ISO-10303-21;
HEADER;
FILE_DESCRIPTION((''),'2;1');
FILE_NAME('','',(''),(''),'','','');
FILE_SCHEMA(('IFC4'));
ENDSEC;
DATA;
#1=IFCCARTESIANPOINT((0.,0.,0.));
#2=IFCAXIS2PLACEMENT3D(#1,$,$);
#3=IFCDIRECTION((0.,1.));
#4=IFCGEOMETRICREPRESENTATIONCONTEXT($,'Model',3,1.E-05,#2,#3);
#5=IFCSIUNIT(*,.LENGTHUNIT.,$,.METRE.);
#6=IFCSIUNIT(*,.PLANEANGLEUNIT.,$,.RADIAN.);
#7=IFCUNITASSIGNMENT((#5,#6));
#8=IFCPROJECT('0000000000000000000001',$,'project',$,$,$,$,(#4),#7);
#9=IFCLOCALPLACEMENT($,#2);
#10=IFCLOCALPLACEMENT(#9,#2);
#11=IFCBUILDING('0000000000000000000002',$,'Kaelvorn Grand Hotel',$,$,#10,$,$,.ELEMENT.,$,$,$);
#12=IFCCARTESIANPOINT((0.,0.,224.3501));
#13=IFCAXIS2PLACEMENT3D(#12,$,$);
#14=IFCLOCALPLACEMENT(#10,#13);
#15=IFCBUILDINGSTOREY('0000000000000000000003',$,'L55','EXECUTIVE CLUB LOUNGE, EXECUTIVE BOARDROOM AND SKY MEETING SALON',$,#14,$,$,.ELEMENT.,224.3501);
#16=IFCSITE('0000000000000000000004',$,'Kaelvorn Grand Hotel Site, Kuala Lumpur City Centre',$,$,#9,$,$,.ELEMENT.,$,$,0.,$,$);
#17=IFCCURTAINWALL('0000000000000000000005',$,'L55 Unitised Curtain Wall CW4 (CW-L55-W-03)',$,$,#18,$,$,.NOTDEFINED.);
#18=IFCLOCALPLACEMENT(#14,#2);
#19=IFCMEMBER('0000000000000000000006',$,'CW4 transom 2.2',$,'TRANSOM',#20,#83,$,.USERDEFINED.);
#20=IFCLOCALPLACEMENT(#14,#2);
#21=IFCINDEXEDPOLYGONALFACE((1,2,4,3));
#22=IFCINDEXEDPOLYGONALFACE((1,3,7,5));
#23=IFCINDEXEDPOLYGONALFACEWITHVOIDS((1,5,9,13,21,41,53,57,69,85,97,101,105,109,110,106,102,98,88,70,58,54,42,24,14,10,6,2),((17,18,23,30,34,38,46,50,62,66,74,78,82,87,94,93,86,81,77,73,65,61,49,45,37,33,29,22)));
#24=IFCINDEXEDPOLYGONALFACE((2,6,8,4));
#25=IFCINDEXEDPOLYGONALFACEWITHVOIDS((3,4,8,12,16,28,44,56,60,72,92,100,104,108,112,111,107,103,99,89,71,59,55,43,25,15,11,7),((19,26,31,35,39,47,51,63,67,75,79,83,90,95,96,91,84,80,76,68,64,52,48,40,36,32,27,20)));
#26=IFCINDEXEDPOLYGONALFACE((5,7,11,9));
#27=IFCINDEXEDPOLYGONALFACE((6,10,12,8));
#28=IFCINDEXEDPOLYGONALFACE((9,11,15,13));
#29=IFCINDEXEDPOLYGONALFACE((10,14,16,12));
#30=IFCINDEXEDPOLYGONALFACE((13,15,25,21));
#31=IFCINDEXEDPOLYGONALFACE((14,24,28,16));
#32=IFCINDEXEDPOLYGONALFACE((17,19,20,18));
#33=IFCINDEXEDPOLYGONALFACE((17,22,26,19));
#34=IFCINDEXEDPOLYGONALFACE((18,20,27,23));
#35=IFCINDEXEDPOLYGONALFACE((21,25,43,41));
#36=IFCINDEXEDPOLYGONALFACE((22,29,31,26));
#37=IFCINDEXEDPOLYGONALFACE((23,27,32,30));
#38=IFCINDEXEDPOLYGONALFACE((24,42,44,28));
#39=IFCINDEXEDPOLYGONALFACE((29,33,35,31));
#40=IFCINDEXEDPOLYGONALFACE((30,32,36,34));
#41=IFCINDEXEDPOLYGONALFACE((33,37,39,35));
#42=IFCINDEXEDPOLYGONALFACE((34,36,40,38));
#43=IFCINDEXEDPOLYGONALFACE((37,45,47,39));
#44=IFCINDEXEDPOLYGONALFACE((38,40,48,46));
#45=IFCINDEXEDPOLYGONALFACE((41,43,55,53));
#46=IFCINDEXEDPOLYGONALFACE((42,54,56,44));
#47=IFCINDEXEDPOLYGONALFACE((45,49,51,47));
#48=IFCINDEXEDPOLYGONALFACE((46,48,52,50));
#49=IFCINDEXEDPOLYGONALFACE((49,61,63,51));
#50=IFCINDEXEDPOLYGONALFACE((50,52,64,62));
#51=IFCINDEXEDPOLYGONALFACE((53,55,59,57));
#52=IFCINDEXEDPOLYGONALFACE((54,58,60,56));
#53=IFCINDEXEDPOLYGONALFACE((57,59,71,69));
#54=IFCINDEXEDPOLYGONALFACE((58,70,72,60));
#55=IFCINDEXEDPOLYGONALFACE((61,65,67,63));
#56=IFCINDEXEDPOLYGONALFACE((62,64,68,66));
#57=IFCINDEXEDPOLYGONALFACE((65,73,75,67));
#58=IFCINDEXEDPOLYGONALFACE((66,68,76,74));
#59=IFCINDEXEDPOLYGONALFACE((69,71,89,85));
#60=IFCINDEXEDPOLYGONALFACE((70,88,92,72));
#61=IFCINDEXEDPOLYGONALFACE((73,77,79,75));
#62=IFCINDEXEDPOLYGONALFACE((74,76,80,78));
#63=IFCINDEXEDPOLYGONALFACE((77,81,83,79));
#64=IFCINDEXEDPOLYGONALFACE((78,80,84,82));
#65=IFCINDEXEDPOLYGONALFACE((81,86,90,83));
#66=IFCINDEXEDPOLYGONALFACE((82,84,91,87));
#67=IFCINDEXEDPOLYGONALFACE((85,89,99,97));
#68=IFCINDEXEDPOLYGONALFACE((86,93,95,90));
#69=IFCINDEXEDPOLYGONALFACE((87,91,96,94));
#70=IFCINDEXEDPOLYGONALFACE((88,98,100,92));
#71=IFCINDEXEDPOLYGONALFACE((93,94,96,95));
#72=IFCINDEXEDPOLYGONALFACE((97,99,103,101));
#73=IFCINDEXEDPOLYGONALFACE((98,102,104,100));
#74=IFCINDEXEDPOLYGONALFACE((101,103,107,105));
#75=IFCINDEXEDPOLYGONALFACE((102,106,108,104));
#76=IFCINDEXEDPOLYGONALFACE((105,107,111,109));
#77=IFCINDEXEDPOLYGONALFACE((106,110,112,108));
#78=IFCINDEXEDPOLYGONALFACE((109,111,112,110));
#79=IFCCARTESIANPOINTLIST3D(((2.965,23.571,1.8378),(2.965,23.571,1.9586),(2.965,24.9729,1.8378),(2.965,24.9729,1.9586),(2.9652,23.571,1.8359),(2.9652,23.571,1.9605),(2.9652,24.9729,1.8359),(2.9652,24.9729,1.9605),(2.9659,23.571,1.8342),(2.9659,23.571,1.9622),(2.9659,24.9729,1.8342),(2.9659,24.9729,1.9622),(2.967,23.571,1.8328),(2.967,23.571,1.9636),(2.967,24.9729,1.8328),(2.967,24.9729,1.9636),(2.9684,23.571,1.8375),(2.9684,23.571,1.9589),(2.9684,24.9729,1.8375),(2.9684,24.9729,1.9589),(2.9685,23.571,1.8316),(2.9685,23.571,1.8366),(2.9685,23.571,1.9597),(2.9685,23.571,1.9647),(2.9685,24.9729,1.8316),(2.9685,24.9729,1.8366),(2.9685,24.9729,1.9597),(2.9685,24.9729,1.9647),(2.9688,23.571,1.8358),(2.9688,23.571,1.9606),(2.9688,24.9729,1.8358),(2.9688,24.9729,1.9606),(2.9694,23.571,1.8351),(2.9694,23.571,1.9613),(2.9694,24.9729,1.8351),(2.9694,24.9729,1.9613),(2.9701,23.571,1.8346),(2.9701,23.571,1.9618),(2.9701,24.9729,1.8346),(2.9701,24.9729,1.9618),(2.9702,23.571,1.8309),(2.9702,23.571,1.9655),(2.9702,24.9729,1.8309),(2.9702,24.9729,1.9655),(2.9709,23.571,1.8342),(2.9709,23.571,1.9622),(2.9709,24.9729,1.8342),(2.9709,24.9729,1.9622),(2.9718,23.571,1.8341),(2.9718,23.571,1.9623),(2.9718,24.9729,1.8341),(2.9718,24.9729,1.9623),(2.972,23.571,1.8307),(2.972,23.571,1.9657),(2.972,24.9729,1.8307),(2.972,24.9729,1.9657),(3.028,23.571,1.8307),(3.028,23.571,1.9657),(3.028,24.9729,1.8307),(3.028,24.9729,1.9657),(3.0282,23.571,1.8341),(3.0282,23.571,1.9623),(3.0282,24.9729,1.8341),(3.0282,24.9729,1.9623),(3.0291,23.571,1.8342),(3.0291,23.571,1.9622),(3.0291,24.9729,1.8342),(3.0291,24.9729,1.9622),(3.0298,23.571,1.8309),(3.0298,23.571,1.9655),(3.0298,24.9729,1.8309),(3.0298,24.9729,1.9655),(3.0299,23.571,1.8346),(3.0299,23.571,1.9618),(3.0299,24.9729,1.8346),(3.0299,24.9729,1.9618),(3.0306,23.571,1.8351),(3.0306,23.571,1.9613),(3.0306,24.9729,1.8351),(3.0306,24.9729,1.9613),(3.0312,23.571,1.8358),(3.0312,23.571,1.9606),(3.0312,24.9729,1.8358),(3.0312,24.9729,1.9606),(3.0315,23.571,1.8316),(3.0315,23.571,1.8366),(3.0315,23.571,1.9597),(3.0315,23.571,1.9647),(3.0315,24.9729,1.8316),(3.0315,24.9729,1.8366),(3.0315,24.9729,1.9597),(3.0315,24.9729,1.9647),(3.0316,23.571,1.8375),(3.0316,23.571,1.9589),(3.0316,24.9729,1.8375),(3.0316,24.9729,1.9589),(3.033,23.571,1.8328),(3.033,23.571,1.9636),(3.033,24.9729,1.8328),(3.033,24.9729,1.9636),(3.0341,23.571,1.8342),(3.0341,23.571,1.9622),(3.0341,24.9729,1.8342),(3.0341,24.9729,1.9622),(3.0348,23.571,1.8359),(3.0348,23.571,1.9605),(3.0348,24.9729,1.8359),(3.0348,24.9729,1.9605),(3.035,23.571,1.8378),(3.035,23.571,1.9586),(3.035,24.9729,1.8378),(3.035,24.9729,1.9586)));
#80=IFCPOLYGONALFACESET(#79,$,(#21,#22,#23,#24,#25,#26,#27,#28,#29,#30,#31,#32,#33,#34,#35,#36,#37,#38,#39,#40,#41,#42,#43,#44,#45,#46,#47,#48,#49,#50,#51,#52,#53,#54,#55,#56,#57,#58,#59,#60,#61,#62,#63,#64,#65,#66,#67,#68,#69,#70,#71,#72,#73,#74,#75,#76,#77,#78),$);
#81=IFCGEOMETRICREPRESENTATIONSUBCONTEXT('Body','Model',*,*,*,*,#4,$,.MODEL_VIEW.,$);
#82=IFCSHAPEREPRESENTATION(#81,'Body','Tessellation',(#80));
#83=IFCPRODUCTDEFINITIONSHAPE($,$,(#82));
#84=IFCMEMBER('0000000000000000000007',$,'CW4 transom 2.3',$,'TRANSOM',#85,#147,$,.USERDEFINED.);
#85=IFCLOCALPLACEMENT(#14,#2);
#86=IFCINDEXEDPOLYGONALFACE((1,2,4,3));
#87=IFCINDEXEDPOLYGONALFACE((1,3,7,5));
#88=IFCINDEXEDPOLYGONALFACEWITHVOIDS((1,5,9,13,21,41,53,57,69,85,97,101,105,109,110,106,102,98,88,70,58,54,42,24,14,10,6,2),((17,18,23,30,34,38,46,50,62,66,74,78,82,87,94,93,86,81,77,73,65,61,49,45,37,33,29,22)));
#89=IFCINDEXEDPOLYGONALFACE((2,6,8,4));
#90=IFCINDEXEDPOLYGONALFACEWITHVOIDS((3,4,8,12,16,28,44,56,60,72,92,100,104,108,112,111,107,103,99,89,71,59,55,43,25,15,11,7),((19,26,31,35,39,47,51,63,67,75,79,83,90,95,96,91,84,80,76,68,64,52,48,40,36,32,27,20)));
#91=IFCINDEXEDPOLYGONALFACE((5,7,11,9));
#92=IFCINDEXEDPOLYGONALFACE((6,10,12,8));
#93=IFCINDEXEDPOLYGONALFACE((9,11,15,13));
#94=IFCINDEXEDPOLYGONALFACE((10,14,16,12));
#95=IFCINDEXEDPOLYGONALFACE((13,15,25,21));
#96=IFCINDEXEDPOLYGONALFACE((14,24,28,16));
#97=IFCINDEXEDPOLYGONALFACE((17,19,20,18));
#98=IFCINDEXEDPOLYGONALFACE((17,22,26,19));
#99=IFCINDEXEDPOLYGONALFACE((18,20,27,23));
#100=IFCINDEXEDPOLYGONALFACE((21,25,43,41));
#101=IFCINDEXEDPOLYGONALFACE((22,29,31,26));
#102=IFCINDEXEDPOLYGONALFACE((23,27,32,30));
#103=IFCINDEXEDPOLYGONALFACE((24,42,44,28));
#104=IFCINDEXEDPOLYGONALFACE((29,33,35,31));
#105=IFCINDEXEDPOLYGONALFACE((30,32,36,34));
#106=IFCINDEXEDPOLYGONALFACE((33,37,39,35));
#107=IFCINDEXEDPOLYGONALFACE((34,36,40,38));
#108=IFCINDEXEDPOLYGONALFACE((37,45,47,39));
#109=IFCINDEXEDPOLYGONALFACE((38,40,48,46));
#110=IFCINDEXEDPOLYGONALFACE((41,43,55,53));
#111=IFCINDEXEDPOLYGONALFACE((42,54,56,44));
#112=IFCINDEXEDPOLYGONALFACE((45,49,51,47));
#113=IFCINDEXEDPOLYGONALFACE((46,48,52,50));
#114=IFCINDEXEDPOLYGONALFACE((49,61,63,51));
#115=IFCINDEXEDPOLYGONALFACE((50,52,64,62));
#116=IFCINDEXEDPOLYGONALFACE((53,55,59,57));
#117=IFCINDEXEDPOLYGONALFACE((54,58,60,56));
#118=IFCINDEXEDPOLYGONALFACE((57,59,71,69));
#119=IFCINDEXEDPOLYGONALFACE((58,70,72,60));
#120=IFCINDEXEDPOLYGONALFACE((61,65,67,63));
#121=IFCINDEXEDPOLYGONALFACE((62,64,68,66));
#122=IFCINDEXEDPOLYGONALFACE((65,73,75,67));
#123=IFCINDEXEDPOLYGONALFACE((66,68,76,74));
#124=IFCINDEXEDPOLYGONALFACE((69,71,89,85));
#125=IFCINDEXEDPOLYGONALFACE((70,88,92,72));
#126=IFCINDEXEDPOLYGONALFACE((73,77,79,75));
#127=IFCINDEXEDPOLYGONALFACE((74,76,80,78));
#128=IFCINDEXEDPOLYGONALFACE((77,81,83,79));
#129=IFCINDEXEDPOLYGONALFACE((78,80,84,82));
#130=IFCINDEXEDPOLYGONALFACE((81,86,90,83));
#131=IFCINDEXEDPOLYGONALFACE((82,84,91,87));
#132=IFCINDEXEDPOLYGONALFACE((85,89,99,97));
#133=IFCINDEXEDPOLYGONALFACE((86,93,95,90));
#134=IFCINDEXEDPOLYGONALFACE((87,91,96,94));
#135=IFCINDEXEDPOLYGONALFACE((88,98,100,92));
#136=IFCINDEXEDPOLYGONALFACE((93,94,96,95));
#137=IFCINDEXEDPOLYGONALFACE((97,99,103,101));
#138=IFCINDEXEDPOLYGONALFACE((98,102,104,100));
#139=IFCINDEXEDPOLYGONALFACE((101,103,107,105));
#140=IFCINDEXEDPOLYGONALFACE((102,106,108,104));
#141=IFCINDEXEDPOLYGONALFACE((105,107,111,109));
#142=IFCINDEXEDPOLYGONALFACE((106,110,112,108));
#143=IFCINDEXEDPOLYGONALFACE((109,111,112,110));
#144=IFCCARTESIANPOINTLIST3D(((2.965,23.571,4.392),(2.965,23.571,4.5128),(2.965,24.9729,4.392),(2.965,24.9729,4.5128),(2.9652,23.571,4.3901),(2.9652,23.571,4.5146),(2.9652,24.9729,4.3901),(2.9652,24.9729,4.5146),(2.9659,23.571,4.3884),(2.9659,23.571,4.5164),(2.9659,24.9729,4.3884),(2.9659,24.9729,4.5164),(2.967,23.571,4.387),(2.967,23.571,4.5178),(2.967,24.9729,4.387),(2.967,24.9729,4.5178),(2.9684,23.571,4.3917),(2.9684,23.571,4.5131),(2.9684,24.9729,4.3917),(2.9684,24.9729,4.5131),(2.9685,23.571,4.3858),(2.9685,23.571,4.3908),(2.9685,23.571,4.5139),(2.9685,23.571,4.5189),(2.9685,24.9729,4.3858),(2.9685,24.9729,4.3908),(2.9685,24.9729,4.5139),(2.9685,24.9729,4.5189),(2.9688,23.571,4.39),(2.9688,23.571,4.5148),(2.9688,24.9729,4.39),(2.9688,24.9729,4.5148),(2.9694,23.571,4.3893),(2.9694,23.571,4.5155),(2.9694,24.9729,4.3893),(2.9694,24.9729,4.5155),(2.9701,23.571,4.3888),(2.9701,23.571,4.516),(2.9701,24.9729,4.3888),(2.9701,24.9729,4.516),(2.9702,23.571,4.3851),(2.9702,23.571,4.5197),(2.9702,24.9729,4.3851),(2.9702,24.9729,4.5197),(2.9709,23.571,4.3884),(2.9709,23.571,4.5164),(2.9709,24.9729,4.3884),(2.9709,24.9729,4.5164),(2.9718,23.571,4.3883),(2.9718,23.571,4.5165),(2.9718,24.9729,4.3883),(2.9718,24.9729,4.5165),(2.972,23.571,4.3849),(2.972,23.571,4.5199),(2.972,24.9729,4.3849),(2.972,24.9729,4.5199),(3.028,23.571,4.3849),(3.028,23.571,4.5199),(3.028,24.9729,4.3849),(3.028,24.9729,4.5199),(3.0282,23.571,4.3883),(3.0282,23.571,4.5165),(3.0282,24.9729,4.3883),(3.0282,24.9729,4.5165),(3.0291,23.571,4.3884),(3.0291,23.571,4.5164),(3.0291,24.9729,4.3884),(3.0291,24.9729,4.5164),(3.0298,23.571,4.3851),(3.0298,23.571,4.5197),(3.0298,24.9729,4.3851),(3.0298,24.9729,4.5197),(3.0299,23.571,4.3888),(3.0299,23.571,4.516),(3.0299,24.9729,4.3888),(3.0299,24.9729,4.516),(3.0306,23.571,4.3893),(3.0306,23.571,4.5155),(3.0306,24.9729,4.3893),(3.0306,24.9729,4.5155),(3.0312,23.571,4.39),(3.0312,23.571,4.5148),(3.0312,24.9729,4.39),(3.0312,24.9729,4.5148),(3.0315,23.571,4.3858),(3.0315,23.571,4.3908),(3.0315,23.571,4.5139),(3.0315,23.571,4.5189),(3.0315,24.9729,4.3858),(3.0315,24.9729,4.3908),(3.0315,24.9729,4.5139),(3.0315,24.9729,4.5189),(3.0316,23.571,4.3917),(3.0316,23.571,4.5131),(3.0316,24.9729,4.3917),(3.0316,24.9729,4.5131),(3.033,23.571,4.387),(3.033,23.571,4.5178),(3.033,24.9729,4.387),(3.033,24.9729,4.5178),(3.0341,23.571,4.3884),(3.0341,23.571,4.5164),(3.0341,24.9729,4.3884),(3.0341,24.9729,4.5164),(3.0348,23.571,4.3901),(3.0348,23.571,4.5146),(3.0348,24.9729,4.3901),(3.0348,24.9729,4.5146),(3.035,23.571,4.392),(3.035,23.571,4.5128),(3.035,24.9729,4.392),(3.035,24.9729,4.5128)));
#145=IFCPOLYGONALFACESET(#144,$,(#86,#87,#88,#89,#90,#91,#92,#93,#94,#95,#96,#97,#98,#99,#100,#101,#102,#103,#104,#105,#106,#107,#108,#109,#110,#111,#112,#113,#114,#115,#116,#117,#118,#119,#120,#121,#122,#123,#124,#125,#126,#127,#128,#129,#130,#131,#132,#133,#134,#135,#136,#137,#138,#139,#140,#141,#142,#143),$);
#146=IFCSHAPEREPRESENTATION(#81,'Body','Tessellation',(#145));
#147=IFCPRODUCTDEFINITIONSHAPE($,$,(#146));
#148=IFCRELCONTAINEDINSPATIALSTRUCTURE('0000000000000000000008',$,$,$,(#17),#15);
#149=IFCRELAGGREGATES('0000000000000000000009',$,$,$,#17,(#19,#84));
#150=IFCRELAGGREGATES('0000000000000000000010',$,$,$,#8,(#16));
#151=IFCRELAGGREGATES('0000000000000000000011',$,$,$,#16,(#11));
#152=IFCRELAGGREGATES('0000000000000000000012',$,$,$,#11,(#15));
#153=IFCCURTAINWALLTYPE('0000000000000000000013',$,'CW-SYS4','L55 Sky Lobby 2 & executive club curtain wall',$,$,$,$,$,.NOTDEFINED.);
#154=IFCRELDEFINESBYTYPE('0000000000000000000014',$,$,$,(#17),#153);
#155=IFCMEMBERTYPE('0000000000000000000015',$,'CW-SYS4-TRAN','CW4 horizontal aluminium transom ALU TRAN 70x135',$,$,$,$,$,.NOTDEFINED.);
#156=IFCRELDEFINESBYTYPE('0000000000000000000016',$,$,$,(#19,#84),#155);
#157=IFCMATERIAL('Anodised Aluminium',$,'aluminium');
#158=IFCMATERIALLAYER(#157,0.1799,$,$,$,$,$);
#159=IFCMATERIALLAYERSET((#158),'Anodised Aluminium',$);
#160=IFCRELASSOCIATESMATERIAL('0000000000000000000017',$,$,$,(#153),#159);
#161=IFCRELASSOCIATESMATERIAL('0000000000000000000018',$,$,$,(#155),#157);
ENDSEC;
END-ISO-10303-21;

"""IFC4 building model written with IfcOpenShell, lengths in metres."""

from ifc_helpers import new_model, si_unit, direction, frame, origin, origin_2d, place, context, subcontext, project, spatial, hollow_rectangle, extrude, material, layer, layer_set, material_profile, profile_set, type_object, element, aggregate, save


model = new_model("IFC4")

# Units and contexts
model_context = context("Model", 3, precision=1e-05, world=origin(), true_north=direction((0.0, 1.0)))
body_context = subcontext(model_context, "Body", "Model", "MODEL_VIEW")
ifc_project = project(units=[si_unit("LENGTHUNIT", "METRE"), si_unit("PLANEANGLEUNIT", "RADIAN")], contexts=[model_context])

# Site, building, storey
site_placement = place(None, origin())
site = spatial("IfcSite", under=ifc_project, at=site_placement, Name="Kaelvorn Grand Hotel Site, Kuala Lumpur City Centre", CompositionType="ELEMENT", RefElevation=0.0)
building_placement = place(site_placement, origin())
building = spatial("IfcBuilding", under=site, at=building_placement, Name="Kaelvorn Grand Hotel", CompositionType="ELEMENT")
storey_placement = place(building_placement, frame((0.0, 0.0, 224.3501)))
storey = spatial("IfcBuildingStorey", under=building, at=storey_placement, Name="L55", Description="EXECUTIVE CLUB LOUNGE, EXECUTIVE BOARDROOM AND SKY MEETING SALON", CompositionType="ELEMENT", Elevation=224.3501)

# Shared definitions
ifc_material_1 = material(Name="Anodised Aluminium", Category="aluminium")
ifc_layer_1 = layer(ifc_material_1, 0.1799)
ifc_layer_set_1 = layer_set([ifc_layer_1], Name="Anodised Aluminium")
curtain_wall_type = type_object("IfcCurtainWallType", Name="CW-SYS4", Description="L55 Sky Lobby 2 & executive club curtain wall", PredefinedType="NOTDEFINED", material=ifc_layer_set_1)

# Curtain wall, members
curtain_wall_1_placement = place(storey_placement, origin())
curtain_wall_1 = element("IfcCurtainWall", 1, at=curtain_wall_1_placement, inside=storey, type_object=curtain_wall_type, Name="L55 Unitised Curtain Wall CW4 (CW-L55-W-03)", PredefinedType="NOTDEFINED")
ifc_material_profile_1 = material_profile(ifc_material_1, hollow_rectangle(XDim=0.0701, YDim=0.135, WallThickness=0.0034, InnerFilletRadius=0.0034, OuterFilletRadius=0.0071, at=origin_2d()), Name="ALU TRAN 70x135")
ifc_profile_set_1 = profile_set([ifc_material_profile_1], Name="Anodised Aluminium")
member_type_1 = type_object("IfcMemberType", Name="CW-SYS4-TRAN", Description="CW4 horizontal aluminium transom ALU TRAN 70x135", PredefinedType="NOTDEFINED", material=ifc_profile_set_1)
member_1_placement = place(storey_placement, frame((3.0, 24.9729, 1.8982), z_axis=(0.0, -1.0, 0.0), x_axis=(1.0, 0.0, 0.0)))
member_1 = element("IfcMember", 2, at=member_1_placement, type_object=member_type_1, Name="CW4 transom 2.2", ObjectType="TRANSOM", PredefinedType="USERDEFINED", context=body_context, shape_type="SweptSolid", body=[
    extrude(hollow_rectangle(XDim=0.0701, YDim=0.135, WallThickness=0.0034, InnerFilletRadius=0.0034, OuterFilletRadius=0.0071, at=origin_2d()), origin(), (0.0, 0.0, 1.0), 1.4019),
])
member_2_placement = place(storey_placement, frame((3.0, 24.9729, 4.4524), z_axis=(0.0, -1.0, 0.0), x_axis=(1.0, 0.0, 0.0)))
member_2 = element("IfcMember", 3, at=member_2_placement, type_object=member_type_1, Name="CW4 transom 2.3", ObjectType="TRANSOM", PredefinedType="USERDEFINED", context=body_context, shape_type="SweptSolid", body=[
    extrude(hollow_rectangle(XDim=0.0701, YDim=0.135, WallThickness=0.0034, InnerFilletRadius=0.0034, OuterFilletRadius=0.0071, at=origin_2d()), origin(), (0.0, 0.0, 1.0), 1.4019),
])

aggregate(curtain_wall_1, [member_1, member_2])

save(model, "model.ifc")
